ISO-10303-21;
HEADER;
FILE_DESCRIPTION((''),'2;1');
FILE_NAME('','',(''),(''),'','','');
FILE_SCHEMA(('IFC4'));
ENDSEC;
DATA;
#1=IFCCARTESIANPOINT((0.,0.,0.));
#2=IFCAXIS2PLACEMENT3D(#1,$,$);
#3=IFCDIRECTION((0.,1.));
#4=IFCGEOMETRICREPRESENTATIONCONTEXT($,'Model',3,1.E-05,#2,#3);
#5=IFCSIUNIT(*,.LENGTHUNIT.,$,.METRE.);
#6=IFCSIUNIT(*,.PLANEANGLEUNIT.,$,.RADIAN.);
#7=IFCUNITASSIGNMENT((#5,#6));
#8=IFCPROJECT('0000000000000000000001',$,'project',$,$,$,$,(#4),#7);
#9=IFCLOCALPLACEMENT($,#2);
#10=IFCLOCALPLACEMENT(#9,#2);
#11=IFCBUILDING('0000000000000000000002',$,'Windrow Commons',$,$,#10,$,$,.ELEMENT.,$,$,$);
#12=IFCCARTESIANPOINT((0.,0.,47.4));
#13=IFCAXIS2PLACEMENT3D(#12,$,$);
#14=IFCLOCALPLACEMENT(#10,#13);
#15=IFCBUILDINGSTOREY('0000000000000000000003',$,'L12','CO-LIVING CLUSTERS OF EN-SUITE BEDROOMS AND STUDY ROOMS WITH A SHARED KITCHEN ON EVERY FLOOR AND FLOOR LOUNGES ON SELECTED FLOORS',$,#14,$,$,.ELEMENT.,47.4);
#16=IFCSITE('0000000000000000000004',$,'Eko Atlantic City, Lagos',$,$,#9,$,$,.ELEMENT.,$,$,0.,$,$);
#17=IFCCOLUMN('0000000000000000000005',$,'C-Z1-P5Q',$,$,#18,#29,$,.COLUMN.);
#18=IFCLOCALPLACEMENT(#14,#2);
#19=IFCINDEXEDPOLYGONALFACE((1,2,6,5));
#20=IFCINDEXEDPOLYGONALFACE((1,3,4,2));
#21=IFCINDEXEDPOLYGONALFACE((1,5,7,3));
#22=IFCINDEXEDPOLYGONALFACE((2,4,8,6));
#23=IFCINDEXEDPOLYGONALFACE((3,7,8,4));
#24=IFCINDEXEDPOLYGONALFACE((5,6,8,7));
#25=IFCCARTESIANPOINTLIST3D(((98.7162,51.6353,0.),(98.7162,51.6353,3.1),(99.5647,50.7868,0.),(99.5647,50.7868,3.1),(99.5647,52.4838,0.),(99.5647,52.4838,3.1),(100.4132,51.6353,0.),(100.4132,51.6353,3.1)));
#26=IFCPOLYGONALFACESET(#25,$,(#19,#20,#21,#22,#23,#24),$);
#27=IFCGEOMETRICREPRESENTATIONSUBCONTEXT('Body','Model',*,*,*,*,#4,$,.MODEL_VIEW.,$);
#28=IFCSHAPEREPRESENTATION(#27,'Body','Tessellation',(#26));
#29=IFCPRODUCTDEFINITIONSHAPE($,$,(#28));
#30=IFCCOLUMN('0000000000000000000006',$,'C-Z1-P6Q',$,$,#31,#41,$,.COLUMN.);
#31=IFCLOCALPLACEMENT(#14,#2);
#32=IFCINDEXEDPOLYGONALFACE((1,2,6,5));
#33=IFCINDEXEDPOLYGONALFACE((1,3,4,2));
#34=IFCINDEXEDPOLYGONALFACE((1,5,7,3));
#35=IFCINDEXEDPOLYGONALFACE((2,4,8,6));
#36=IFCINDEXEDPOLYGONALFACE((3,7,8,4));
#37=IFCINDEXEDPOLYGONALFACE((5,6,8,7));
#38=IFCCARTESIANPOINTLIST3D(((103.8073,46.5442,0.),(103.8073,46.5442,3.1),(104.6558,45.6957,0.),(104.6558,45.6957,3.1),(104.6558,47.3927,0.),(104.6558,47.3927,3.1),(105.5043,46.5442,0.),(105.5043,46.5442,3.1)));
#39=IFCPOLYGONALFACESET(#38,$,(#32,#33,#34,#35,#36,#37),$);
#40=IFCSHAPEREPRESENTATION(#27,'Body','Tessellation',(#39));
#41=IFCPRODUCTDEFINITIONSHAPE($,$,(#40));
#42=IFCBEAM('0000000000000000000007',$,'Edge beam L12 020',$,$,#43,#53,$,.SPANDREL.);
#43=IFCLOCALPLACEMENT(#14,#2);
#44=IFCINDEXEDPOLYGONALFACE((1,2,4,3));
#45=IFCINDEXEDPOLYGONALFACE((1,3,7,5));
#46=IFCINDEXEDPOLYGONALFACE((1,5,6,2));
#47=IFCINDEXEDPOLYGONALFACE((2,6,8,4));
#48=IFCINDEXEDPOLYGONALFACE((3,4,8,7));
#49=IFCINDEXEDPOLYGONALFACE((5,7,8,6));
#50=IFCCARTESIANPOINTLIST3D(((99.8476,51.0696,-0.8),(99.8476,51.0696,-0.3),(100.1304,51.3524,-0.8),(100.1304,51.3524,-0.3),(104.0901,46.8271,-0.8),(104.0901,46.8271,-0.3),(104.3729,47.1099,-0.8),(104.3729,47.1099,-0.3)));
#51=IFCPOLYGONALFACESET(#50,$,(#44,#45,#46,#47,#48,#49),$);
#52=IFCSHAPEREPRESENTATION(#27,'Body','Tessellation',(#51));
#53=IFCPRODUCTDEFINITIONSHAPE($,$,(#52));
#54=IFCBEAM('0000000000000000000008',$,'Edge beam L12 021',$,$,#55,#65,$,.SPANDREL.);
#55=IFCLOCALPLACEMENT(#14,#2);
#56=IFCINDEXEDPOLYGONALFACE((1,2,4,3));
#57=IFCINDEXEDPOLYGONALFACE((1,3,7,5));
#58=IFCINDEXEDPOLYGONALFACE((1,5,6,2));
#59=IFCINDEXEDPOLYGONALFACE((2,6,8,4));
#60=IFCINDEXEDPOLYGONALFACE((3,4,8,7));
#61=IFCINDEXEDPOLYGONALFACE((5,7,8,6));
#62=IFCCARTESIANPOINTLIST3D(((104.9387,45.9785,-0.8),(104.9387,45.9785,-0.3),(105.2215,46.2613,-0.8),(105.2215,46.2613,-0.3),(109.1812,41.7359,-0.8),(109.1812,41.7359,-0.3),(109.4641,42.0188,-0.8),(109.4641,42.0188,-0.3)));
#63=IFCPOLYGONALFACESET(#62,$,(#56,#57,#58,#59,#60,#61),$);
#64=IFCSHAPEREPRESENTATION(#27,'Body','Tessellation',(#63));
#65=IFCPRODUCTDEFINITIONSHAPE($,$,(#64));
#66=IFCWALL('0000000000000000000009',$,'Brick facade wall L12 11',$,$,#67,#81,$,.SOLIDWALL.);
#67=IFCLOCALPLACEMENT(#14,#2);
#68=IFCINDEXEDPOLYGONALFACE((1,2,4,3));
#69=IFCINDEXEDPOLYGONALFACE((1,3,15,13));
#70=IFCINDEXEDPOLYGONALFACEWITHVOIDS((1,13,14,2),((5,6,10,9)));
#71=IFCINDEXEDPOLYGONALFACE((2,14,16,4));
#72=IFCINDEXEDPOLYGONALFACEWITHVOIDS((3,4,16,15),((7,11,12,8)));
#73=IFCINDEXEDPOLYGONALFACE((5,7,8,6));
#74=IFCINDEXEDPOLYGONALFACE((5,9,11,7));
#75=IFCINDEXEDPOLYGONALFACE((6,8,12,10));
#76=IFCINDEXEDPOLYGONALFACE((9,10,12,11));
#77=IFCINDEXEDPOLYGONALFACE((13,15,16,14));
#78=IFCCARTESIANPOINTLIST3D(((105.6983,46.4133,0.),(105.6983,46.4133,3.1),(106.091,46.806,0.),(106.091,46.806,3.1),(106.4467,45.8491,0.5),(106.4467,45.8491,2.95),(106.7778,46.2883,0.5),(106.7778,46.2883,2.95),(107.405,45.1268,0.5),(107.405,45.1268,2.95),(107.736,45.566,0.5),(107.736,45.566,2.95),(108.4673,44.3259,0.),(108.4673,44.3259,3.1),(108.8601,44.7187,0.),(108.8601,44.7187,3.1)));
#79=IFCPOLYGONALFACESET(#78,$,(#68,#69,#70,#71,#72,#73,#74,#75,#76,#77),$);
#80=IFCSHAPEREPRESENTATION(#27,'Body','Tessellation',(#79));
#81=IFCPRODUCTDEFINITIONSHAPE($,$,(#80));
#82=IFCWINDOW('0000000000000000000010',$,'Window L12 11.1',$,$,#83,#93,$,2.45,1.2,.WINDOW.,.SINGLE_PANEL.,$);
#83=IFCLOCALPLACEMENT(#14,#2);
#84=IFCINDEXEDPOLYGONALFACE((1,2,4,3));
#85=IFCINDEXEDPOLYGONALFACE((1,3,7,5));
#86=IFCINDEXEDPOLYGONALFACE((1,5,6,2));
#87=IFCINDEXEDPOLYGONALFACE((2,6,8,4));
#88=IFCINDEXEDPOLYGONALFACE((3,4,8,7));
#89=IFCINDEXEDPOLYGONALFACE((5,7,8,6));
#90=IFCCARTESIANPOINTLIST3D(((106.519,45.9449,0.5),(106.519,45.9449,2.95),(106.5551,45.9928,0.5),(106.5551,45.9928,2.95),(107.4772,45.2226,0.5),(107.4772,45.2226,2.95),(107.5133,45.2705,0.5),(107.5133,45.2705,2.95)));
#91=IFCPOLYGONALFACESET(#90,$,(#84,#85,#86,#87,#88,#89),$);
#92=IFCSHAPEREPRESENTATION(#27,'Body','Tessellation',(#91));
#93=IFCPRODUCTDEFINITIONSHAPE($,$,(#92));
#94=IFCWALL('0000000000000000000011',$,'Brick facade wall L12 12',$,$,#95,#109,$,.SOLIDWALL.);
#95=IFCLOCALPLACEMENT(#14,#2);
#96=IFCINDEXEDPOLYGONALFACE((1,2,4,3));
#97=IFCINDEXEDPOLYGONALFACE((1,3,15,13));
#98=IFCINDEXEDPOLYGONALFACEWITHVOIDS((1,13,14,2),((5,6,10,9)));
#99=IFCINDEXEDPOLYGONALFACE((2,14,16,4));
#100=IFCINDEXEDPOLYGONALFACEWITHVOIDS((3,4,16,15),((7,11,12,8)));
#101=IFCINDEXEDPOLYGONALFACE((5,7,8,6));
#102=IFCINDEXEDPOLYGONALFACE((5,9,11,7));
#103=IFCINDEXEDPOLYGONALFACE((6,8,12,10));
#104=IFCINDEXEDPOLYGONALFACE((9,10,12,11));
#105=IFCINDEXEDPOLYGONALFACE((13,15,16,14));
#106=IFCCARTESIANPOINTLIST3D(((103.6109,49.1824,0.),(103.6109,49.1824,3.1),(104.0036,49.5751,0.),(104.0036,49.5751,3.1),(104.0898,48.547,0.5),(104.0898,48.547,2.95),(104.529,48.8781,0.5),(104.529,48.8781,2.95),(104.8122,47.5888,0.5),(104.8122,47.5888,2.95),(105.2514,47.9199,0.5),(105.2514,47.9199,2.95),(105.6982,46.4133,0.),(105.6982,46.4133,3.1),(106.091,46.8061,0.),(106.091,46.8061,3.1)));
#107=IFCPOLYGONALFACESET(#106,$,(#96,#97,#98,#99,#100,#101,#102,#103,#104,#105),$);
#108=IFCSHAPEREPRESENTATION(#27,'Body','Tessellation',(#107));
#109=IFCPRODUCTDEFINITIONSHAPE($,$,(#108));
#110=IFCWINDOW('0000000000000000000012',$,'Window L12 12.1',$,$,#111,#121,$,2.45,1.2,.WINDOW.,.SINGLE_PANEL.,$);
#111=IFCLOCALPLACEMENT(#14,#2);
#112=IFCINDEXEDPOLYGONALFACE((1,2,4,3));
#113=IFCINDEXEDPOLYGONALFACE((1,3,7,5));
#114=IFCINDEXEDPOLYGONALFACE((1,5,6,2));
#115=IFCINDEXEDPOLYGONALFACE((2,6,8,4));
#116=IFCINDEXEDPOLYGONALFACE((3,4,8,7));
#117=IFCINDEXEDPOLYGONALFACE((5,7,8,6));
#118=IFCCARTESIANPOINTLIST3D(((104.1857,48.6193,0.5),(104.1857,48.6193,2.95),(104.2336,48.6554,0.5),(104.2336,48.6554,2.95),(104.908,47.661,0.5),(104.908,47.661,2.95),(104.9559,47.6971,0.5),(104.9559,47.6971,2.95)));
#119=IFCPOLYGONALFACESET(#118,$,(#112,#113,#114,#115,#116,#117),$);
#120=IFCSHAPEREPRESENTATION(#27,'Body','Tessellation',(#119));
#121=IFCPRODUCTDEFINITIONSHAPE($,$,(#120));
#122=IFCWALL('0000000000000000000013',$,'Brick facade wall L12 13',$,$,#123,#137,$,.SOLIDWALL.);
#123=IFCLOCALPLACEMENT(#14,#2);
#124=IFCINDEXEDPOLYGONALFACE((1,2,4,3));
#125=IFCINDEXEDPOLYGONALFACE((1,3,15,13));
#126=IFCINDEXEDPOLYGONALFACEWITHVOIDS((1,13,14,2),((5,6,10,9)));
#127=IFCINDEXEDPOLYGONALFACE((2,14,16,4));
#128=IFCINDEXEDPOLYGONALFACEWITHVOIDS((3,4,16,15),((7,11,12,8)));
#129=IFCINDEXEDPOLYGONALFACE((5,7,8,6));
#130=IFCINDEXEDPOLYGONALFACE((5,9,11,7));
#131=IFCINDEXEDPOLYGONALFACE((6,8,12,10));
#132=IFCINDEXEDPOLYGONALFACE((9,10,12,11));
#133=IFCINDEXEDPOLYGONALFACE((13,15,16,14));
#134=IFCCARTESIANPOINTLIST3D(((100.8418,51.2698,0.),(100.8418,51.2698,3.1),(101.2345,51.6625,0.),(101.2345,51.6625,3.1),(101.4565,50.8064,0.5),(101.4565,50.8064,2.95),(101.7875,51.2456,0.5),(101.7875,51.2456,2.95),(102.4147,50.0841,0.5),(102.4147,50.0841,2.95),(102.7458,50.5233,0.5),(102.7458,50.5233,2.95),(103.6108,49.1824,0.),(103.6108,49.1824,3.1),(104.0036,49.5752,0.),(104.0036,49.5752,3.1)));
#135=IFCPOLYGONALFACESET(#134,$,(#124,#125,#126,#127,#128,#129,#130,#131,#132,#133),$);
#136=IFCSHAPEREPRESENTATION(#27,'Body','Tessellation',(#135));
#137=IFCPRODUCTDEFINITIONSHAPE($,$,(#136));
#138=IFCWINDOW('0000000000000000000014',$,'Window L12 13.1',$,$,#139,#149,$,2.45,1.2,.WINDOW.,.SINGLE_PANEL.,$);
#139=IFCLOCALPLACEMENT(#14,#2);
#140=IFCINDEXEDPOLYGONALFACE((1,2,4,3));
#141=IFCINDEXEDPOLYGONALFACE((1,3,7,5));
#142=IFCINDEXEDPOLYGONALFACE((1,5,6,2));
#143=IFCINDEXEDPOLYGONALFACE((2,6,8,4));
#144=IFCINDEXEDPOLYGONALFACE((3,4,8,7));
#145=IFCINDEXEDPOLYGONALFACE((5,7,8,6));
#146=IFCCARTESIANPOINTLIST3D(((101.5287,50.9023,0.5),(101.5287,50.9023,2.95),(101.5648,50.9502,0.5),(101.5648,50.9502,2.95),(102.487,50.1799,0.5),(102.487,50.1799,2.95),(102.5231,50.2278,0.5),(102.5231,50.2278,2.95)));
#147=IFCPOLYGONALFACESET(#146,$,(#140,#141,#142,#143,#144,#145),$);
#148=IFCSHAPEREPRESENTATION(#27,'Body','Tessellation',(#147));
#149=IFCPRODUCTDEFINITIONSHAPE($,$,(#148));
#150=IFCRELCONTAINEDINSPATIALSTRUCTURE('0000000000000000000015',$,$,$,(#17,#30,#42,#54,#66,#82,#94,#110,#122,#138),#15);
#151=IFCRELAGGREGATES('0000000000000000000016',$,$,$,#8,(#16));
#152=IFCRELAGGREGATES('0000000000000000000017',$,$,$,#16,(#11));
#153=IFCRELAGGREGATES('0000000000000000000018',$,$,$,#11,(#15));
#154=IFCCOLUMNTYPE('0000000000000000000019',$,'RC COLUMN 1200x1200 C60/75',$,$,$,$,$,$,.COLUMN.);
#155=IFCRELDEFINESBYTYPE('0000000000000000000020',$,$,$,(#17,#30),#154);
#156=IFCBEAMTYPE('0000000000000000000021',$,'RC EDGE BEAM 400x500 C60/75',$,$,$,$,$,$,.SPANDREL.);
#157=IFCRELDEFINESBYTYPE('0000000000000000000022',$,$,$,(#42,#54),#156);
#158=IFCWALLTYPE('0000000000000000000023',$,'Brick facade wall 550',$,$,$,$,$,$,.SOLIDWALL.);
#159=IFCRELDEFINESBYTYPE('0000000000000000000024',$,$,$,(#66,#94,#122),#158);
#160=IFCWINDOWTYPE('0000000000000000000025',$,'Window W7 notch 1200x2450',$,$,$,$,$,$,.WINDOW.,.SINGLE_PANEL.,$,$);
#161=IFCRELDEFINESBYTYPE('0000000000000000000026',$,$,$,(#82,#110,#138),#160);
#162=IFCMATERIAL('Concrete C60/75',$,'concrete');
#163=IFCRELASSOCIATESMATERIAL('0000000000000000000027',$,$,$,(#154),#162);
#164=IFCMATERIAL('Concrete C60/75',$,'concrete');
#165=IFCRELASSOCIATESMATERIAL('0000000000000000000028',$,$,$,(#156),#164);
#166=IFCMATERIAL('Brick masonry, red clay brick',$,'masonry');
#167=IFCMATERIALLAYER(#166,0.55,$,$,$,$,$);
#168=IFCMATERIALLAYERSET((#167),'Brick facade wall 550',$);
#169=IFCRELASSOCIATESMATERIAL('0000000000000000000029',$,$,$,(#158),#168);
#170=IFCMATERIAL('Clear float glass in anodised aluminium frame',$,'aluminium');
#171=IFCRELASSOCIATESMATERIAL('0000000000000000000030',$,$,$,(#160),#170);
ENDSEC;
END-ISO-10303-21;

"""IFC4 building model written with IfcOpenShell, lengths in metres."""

from ifc_helpers import new_model, si_unit, direction, frame, frame_2d, origin, origin_2d, place, context, subcontext, project, spatial, polyline, rectangle, outline, extrude, material, layer, layer_set, material_profile, profile_set, type_object, element, fill, save


model = new_model("IFC4")

# Units and contexts
model_context = context("Model", 3, precision=1e-05, world=origin(), true_north=direction((0.0, 1.0)))
body_context = subcontext(model_context, "Body", "Model", "MODEL_VIEW")
ifc_project = project(units=[si_unit("LENGTHUNIT", "METRE"), si_unit("PLANEANGLEUNIT", "RADIAN")], contexts=[model_context])

# Site, building, storey
site_placement = place(None, origin())
site = spatial("IfcSite", under=ifc_project, at=site_placement, Name="Eko Atlantic City, Lagos", CompositionType="ELEMENT", RefElevation=0.0)
building_placement = place(site_placement, origin())
building = spatial("IfcBuilding", under=site, at=building_placement, Name="Windrow Commons", CompositionType="ELEMENT")
storey_placement = place(building_placement, frame((0.0, 0.0, 47.4)))
storey = spatial("IfcBuildingStorey", under=building, at=storey_placement, Name="L12", Description="CO-LIVING CLUSTERS OF EN-SUITE BEDROOMS AND STUDY ROOMS WITH A SHARED KITCHEN ON EVERY FLOOR AND FLOOR LOUNGES ON SELECTED FLOORS", CompositionType="ELEMENT", Elevation=47.4)

# Columns
ifc_material_1 = material(Name="Concrete C60/75", Category="concrete")
ifc_material_profile_1 = material_profile(ifc_material_1, rectangle(XDim=1.2, YDim=1.2, at=origin_2d()))
ifc_profile_set_1 = profile_set([ifc_material_profile_1], Name="Concrete C60/75")
column_type = type_object("IfcColumnType", Name="RC COLUMN 1200x1200 C60/75", PredefinedType="COLUMN", material=ifc_profile_set_1)
for number, where, z_axis, x_axis, name in (
    (1, (99.5647, 51.6353, 0.0), (0.0, 0.0, 1.0), (0.707107, -0.707107, 0.0), "C-Z1-P5Q"),
    (2, (104.6558, 46.5442, 0.0), (0.0, 0.0, 1.0), (0.707107, -0.707107, 0.0), "C-Z1-P6Q"),
):
    element("IfcColumn", number, at=place(storey_placement, frame(where, z_axis=z_axis, x_axis=x_axis)), inside=storey, type_object=column_type, Name=name, PredefinedType="COLUMN", context=body_context, shape_type="SweptSolid", body=[
        extrude(rectangle(XDim=1.2, YDim=1.2, at=origin_2d()), origin(), (0.0, 0.0, 1.0), 3.1),
    ])

# Beams
ifc_material_2 = material(Name="Concrete C60/75", Category="concrete")
ifc_material_profile_2 = material_profile(ifc_material_2, rectangle(XDim=0.4, YDim=0.5, at=origin_2d()))
ifc_profile_set_2 = profile_set([ifc_material_profile_2], Name="Concrete C60/75")
beam_type = type_object("IfcBeamType", Name="RC EDGE BEAM 400x500 C60/75", PredefinedType="SPANDREL", material=ifc_profile_set_2)
beam_1_placement = place(storey_placement, frame((99.989, 51.211, -0.55), z_axis=(0.707107, -0.707107, 0.0), x_axis=(0.707107, 0.707107, 0.0)))
element("IfcBeam", 3, at=beam_1_placement, inside=storey, type_object=beam_type, Name="Edge beam L12 020", PredefinedType="SPANDREL", context=body_context, shape_type="SweptSolid", body=[
    extrude(rectangle(XDim=0.4, YDim=0.5, at=origin_2d()), origin(), (0.0, 0.0, 1.0), 5.9998),
])
beam_2_placement = place(storey_placement, frame((105.0801, 46.1199, -0.55), z_axis=(0.707107, -0.707107, 0.0), x_axis=(0.707107, 0.707107, 0.0)))
element("IfcBeam", 4, at=beam_2_placement, inside=storey, type_object=beam_type, Name="Edge beam L12 021", PredefinedType="SPANDREL", context=body_context, shape_type="SweptSolid", body=[
    extrude(rectangle(XDim=0.4, YDim=0.5, at=origin_2d()), origin(), (0.0, 0.0, 1.0), 5.9999),
])

# Walls, openings, windows
ifc_material_3 = material(Name="Brick masonry, red clay brick", Category="masonry")
ifc_layer_1 = layer(ifc_material_3, 0.55)
ifc_layer_set_1 = layer_set([ifc_layer_1], Name="Brick facade wall 550")
wall_type_1 = type_object("IfcWallType", Name="Brick facade wall 550", PredefinedType="SOLIDWALL", material=ifc_layer_set_1)
wall_1_placement = place(storey_placement, frame((108.6637, 44.5223, 0.0), z_axis=(0.0, 0.0, 1.0), x_axis=(-0.798534, 0.60195, 0.0)))
wall_1 = element("IfcWall", 5, at=wall_1_placement, inside=storey, type_object=wall_type_1, Name="Brick facade wall L12 11", PredefinedType="SOLIDWALL", context=body_context, shape_type="SweptSolid", body=[
    extrude(outline(polyline([(-0.0386, -0.275), (3.4291, -0.275), (3.5063, 0.275), (0.0386, 0.275), (-0.0386, -0.275)])), origin(), (0.0, 0.0, 1.0), 3.1),
])
opening_1_placement = place(wall_1_placement, frame((1.369, 0.0, 0.5)))
opening_1 = element("IfcOpeningElement", 6, at=opening_1_placement, cuts=wall_1, PredefinedType="OPENING", context=body_context, shape_type="SweptSolid", body=[
    extrude(rectangle(XDim=1.2, YDim=2.45, at=frame_2d((0.6, 1.225))), frame((0.0, 0.285, 0.0), z_axis=(0.0, -1.0, 0.0), x_axis=(1.0, 0.0, 0.0)), (0.0, 0.0, 1.0), 0.57),
])
ifc_material_4 = material(Name="Clear float glass in anodised aluminium frame", Category="aluminium")
window_type = type_object("IfcWindowType", Name="Window W7 notch 1200x2450", PartitioningType="SINGLE_PANEL", PredefinedType="WINDOW", material=ifc_material_4)
window_1_placement = place(opening_1_placement, origin())
window_1 = element("IfcWindow", 7, at=window_1_placement, inside=storey, type_object=window_type, Name="Window L12 11.1", OverallHeight=2.45, OverallWidth=1.2, PartitioningType="SINGLE_PANEL", PredefinedType="WINDOW", context=body_context, shape_type="SweptSolid", body=[
    extrude(rectangle(XDim=1.2, YDim=2.45, at=frame_2d((0.6, 1.225))), frame((0.0, 0.155, 0.0), z_axis=(0.0, -1.0, 0.0), x_axis=(1.0, 0.0, 0.0)), (0.0, 0.0, 1.0), 0.06),
])
fill(opening_1, window_1)
wall_2_placement = place(storey_placement, frame((105.8946, 46.6097, 0.0), z_axis=(0.0, 0.0, 1.0), x_axis=(-0.60195, 0.798534, 0.0)))
wall_2 = element("IfcWall", 8, at=wall_2_placement, inside=storey, type_object=wall_type_1, Name="Brick facade wall L12 12", PredefinedType="SOLIDWALL", context=body_context, shape_type="SweptSolid", body=[
    extrude(outline(polyline([(0.0386, -0.275), (3.5063, -0.275), (3.4291, 0.275), (-0.0386, 0.275), (0.0386, -0.275)])), origin(), (0.0, 0.0, 1.0), 3.1),
])
opening_2_placement = place(wall_2_placement, frame((1.4334, 0.0, 0.5)))
opening_2 = element("IfcOpeningElement", 9, at=opening_2_placement, cuts=wall_2, PredefinedType="OPENING", context=body_context, shape_type="SweptSolid", body=[
    extrude(rectangle(XDim=1.2, YDim=2.45, at=frame_2d((0.6, 1.225))), frame((0.0, 0.285, 0.0), z_axis=(0.0, -1.0, 0.0), x_axis=(1.0, 0.0, 0.0)), (0.0, 0.0, 1.0), 0.57),
])
window_2_placement = place(opening_2_placement, origin())
window_2 = element("IfcWindow", 10, at=window_2_placement, inside=storey, type_object=window_type, Name="Window L12 12.1", OverallHeight=2.45, OverallWidth=1.2, PartitioningType="SINGLE_PANEL", PredefinedType="WINDOW", context=body_context, shape_type="SweptSolid", body=[
    extrude(rectangle(XDim=1.2, YDim=2.45, at=frame_2d((0.6, 1.225))), frame((0.0, 0.155, 0.0), z_axis=(0.0, -1.0, 0.0), x_axis=(1.0, 0.0, 0.0)), (0.0, 0.0, 1.0), 0.06),
])
fill(opening_2, window_2)
wall_3_placement = place(storey_placement, frame((103.8072, 49.3788, 0.0), z_axis=(0.0, 0.0, 1.0), x_axis=(-0.798534, 0.60195, 0.0)))
wall_3 = element("IfcWall", 11, at=wall_3_placement, inside=storey, type_object=wall_type_1, Name="Brick facade wall L12 13", PredefinedType="SOLIDWALL", context=body_context, shape_type="SweptSolid", body=[
    extrude(outline(polyline([(-0.0386, -0.275), (3.4291, -0.275), (3.5063, 0.275), (0.0386, 0.275), (-0.0386, -0.275)])), origin(), (0.0, 0.0, 1.0), 3.1),
])
opening_3_placement = place(wall_3_placement, frame((1.5365, 0.0, 0.5)))
opening_3 = element("IfcOpeningElement", 12, at=opening_3_placement, cuts=wall_3, PredefinedType="OPENING", context=body_context, shape_type="SweptSolid", body=[
    extrude(rectangle(XDim=1.2, YDim=2.45, at=frame_2d((0.6, 1.225))), frame((0.0, 0.285, 0.0), z_axis=(0.0, -1.0, 0.0), x_axis=(1.0, 0.0, 0.0)), (0.0, 0.0, 1.0), 0.57),
])
window_3_placement = place(opening_3_placement, origin())
window_3 = element("IfcWindow", 13, at=window_3_placement, inside=storey, type_object=window_type, Name="Window L12 13.1", OverallHeight=2.45, OverallWidth=1.2, PartitioningType="SINGLE_PANEL", PredefinedType="WINDOW", context=body_context, shape_type="SweptSolid", body=[
    extrude(rectangle(XDim=1.2, YDim=2.45, at=frame_2d((0.6, 1.225))), frame((0.0, 0.155, 0.0), z_axis=(0.0, -1.0, 0.0), x_axis=(1.0, 0.0, 0.0)), (0.0, 0.0, 1.0), 0.06),
])
fill(opening_3, window_3)

save(model, "model.ifc")
